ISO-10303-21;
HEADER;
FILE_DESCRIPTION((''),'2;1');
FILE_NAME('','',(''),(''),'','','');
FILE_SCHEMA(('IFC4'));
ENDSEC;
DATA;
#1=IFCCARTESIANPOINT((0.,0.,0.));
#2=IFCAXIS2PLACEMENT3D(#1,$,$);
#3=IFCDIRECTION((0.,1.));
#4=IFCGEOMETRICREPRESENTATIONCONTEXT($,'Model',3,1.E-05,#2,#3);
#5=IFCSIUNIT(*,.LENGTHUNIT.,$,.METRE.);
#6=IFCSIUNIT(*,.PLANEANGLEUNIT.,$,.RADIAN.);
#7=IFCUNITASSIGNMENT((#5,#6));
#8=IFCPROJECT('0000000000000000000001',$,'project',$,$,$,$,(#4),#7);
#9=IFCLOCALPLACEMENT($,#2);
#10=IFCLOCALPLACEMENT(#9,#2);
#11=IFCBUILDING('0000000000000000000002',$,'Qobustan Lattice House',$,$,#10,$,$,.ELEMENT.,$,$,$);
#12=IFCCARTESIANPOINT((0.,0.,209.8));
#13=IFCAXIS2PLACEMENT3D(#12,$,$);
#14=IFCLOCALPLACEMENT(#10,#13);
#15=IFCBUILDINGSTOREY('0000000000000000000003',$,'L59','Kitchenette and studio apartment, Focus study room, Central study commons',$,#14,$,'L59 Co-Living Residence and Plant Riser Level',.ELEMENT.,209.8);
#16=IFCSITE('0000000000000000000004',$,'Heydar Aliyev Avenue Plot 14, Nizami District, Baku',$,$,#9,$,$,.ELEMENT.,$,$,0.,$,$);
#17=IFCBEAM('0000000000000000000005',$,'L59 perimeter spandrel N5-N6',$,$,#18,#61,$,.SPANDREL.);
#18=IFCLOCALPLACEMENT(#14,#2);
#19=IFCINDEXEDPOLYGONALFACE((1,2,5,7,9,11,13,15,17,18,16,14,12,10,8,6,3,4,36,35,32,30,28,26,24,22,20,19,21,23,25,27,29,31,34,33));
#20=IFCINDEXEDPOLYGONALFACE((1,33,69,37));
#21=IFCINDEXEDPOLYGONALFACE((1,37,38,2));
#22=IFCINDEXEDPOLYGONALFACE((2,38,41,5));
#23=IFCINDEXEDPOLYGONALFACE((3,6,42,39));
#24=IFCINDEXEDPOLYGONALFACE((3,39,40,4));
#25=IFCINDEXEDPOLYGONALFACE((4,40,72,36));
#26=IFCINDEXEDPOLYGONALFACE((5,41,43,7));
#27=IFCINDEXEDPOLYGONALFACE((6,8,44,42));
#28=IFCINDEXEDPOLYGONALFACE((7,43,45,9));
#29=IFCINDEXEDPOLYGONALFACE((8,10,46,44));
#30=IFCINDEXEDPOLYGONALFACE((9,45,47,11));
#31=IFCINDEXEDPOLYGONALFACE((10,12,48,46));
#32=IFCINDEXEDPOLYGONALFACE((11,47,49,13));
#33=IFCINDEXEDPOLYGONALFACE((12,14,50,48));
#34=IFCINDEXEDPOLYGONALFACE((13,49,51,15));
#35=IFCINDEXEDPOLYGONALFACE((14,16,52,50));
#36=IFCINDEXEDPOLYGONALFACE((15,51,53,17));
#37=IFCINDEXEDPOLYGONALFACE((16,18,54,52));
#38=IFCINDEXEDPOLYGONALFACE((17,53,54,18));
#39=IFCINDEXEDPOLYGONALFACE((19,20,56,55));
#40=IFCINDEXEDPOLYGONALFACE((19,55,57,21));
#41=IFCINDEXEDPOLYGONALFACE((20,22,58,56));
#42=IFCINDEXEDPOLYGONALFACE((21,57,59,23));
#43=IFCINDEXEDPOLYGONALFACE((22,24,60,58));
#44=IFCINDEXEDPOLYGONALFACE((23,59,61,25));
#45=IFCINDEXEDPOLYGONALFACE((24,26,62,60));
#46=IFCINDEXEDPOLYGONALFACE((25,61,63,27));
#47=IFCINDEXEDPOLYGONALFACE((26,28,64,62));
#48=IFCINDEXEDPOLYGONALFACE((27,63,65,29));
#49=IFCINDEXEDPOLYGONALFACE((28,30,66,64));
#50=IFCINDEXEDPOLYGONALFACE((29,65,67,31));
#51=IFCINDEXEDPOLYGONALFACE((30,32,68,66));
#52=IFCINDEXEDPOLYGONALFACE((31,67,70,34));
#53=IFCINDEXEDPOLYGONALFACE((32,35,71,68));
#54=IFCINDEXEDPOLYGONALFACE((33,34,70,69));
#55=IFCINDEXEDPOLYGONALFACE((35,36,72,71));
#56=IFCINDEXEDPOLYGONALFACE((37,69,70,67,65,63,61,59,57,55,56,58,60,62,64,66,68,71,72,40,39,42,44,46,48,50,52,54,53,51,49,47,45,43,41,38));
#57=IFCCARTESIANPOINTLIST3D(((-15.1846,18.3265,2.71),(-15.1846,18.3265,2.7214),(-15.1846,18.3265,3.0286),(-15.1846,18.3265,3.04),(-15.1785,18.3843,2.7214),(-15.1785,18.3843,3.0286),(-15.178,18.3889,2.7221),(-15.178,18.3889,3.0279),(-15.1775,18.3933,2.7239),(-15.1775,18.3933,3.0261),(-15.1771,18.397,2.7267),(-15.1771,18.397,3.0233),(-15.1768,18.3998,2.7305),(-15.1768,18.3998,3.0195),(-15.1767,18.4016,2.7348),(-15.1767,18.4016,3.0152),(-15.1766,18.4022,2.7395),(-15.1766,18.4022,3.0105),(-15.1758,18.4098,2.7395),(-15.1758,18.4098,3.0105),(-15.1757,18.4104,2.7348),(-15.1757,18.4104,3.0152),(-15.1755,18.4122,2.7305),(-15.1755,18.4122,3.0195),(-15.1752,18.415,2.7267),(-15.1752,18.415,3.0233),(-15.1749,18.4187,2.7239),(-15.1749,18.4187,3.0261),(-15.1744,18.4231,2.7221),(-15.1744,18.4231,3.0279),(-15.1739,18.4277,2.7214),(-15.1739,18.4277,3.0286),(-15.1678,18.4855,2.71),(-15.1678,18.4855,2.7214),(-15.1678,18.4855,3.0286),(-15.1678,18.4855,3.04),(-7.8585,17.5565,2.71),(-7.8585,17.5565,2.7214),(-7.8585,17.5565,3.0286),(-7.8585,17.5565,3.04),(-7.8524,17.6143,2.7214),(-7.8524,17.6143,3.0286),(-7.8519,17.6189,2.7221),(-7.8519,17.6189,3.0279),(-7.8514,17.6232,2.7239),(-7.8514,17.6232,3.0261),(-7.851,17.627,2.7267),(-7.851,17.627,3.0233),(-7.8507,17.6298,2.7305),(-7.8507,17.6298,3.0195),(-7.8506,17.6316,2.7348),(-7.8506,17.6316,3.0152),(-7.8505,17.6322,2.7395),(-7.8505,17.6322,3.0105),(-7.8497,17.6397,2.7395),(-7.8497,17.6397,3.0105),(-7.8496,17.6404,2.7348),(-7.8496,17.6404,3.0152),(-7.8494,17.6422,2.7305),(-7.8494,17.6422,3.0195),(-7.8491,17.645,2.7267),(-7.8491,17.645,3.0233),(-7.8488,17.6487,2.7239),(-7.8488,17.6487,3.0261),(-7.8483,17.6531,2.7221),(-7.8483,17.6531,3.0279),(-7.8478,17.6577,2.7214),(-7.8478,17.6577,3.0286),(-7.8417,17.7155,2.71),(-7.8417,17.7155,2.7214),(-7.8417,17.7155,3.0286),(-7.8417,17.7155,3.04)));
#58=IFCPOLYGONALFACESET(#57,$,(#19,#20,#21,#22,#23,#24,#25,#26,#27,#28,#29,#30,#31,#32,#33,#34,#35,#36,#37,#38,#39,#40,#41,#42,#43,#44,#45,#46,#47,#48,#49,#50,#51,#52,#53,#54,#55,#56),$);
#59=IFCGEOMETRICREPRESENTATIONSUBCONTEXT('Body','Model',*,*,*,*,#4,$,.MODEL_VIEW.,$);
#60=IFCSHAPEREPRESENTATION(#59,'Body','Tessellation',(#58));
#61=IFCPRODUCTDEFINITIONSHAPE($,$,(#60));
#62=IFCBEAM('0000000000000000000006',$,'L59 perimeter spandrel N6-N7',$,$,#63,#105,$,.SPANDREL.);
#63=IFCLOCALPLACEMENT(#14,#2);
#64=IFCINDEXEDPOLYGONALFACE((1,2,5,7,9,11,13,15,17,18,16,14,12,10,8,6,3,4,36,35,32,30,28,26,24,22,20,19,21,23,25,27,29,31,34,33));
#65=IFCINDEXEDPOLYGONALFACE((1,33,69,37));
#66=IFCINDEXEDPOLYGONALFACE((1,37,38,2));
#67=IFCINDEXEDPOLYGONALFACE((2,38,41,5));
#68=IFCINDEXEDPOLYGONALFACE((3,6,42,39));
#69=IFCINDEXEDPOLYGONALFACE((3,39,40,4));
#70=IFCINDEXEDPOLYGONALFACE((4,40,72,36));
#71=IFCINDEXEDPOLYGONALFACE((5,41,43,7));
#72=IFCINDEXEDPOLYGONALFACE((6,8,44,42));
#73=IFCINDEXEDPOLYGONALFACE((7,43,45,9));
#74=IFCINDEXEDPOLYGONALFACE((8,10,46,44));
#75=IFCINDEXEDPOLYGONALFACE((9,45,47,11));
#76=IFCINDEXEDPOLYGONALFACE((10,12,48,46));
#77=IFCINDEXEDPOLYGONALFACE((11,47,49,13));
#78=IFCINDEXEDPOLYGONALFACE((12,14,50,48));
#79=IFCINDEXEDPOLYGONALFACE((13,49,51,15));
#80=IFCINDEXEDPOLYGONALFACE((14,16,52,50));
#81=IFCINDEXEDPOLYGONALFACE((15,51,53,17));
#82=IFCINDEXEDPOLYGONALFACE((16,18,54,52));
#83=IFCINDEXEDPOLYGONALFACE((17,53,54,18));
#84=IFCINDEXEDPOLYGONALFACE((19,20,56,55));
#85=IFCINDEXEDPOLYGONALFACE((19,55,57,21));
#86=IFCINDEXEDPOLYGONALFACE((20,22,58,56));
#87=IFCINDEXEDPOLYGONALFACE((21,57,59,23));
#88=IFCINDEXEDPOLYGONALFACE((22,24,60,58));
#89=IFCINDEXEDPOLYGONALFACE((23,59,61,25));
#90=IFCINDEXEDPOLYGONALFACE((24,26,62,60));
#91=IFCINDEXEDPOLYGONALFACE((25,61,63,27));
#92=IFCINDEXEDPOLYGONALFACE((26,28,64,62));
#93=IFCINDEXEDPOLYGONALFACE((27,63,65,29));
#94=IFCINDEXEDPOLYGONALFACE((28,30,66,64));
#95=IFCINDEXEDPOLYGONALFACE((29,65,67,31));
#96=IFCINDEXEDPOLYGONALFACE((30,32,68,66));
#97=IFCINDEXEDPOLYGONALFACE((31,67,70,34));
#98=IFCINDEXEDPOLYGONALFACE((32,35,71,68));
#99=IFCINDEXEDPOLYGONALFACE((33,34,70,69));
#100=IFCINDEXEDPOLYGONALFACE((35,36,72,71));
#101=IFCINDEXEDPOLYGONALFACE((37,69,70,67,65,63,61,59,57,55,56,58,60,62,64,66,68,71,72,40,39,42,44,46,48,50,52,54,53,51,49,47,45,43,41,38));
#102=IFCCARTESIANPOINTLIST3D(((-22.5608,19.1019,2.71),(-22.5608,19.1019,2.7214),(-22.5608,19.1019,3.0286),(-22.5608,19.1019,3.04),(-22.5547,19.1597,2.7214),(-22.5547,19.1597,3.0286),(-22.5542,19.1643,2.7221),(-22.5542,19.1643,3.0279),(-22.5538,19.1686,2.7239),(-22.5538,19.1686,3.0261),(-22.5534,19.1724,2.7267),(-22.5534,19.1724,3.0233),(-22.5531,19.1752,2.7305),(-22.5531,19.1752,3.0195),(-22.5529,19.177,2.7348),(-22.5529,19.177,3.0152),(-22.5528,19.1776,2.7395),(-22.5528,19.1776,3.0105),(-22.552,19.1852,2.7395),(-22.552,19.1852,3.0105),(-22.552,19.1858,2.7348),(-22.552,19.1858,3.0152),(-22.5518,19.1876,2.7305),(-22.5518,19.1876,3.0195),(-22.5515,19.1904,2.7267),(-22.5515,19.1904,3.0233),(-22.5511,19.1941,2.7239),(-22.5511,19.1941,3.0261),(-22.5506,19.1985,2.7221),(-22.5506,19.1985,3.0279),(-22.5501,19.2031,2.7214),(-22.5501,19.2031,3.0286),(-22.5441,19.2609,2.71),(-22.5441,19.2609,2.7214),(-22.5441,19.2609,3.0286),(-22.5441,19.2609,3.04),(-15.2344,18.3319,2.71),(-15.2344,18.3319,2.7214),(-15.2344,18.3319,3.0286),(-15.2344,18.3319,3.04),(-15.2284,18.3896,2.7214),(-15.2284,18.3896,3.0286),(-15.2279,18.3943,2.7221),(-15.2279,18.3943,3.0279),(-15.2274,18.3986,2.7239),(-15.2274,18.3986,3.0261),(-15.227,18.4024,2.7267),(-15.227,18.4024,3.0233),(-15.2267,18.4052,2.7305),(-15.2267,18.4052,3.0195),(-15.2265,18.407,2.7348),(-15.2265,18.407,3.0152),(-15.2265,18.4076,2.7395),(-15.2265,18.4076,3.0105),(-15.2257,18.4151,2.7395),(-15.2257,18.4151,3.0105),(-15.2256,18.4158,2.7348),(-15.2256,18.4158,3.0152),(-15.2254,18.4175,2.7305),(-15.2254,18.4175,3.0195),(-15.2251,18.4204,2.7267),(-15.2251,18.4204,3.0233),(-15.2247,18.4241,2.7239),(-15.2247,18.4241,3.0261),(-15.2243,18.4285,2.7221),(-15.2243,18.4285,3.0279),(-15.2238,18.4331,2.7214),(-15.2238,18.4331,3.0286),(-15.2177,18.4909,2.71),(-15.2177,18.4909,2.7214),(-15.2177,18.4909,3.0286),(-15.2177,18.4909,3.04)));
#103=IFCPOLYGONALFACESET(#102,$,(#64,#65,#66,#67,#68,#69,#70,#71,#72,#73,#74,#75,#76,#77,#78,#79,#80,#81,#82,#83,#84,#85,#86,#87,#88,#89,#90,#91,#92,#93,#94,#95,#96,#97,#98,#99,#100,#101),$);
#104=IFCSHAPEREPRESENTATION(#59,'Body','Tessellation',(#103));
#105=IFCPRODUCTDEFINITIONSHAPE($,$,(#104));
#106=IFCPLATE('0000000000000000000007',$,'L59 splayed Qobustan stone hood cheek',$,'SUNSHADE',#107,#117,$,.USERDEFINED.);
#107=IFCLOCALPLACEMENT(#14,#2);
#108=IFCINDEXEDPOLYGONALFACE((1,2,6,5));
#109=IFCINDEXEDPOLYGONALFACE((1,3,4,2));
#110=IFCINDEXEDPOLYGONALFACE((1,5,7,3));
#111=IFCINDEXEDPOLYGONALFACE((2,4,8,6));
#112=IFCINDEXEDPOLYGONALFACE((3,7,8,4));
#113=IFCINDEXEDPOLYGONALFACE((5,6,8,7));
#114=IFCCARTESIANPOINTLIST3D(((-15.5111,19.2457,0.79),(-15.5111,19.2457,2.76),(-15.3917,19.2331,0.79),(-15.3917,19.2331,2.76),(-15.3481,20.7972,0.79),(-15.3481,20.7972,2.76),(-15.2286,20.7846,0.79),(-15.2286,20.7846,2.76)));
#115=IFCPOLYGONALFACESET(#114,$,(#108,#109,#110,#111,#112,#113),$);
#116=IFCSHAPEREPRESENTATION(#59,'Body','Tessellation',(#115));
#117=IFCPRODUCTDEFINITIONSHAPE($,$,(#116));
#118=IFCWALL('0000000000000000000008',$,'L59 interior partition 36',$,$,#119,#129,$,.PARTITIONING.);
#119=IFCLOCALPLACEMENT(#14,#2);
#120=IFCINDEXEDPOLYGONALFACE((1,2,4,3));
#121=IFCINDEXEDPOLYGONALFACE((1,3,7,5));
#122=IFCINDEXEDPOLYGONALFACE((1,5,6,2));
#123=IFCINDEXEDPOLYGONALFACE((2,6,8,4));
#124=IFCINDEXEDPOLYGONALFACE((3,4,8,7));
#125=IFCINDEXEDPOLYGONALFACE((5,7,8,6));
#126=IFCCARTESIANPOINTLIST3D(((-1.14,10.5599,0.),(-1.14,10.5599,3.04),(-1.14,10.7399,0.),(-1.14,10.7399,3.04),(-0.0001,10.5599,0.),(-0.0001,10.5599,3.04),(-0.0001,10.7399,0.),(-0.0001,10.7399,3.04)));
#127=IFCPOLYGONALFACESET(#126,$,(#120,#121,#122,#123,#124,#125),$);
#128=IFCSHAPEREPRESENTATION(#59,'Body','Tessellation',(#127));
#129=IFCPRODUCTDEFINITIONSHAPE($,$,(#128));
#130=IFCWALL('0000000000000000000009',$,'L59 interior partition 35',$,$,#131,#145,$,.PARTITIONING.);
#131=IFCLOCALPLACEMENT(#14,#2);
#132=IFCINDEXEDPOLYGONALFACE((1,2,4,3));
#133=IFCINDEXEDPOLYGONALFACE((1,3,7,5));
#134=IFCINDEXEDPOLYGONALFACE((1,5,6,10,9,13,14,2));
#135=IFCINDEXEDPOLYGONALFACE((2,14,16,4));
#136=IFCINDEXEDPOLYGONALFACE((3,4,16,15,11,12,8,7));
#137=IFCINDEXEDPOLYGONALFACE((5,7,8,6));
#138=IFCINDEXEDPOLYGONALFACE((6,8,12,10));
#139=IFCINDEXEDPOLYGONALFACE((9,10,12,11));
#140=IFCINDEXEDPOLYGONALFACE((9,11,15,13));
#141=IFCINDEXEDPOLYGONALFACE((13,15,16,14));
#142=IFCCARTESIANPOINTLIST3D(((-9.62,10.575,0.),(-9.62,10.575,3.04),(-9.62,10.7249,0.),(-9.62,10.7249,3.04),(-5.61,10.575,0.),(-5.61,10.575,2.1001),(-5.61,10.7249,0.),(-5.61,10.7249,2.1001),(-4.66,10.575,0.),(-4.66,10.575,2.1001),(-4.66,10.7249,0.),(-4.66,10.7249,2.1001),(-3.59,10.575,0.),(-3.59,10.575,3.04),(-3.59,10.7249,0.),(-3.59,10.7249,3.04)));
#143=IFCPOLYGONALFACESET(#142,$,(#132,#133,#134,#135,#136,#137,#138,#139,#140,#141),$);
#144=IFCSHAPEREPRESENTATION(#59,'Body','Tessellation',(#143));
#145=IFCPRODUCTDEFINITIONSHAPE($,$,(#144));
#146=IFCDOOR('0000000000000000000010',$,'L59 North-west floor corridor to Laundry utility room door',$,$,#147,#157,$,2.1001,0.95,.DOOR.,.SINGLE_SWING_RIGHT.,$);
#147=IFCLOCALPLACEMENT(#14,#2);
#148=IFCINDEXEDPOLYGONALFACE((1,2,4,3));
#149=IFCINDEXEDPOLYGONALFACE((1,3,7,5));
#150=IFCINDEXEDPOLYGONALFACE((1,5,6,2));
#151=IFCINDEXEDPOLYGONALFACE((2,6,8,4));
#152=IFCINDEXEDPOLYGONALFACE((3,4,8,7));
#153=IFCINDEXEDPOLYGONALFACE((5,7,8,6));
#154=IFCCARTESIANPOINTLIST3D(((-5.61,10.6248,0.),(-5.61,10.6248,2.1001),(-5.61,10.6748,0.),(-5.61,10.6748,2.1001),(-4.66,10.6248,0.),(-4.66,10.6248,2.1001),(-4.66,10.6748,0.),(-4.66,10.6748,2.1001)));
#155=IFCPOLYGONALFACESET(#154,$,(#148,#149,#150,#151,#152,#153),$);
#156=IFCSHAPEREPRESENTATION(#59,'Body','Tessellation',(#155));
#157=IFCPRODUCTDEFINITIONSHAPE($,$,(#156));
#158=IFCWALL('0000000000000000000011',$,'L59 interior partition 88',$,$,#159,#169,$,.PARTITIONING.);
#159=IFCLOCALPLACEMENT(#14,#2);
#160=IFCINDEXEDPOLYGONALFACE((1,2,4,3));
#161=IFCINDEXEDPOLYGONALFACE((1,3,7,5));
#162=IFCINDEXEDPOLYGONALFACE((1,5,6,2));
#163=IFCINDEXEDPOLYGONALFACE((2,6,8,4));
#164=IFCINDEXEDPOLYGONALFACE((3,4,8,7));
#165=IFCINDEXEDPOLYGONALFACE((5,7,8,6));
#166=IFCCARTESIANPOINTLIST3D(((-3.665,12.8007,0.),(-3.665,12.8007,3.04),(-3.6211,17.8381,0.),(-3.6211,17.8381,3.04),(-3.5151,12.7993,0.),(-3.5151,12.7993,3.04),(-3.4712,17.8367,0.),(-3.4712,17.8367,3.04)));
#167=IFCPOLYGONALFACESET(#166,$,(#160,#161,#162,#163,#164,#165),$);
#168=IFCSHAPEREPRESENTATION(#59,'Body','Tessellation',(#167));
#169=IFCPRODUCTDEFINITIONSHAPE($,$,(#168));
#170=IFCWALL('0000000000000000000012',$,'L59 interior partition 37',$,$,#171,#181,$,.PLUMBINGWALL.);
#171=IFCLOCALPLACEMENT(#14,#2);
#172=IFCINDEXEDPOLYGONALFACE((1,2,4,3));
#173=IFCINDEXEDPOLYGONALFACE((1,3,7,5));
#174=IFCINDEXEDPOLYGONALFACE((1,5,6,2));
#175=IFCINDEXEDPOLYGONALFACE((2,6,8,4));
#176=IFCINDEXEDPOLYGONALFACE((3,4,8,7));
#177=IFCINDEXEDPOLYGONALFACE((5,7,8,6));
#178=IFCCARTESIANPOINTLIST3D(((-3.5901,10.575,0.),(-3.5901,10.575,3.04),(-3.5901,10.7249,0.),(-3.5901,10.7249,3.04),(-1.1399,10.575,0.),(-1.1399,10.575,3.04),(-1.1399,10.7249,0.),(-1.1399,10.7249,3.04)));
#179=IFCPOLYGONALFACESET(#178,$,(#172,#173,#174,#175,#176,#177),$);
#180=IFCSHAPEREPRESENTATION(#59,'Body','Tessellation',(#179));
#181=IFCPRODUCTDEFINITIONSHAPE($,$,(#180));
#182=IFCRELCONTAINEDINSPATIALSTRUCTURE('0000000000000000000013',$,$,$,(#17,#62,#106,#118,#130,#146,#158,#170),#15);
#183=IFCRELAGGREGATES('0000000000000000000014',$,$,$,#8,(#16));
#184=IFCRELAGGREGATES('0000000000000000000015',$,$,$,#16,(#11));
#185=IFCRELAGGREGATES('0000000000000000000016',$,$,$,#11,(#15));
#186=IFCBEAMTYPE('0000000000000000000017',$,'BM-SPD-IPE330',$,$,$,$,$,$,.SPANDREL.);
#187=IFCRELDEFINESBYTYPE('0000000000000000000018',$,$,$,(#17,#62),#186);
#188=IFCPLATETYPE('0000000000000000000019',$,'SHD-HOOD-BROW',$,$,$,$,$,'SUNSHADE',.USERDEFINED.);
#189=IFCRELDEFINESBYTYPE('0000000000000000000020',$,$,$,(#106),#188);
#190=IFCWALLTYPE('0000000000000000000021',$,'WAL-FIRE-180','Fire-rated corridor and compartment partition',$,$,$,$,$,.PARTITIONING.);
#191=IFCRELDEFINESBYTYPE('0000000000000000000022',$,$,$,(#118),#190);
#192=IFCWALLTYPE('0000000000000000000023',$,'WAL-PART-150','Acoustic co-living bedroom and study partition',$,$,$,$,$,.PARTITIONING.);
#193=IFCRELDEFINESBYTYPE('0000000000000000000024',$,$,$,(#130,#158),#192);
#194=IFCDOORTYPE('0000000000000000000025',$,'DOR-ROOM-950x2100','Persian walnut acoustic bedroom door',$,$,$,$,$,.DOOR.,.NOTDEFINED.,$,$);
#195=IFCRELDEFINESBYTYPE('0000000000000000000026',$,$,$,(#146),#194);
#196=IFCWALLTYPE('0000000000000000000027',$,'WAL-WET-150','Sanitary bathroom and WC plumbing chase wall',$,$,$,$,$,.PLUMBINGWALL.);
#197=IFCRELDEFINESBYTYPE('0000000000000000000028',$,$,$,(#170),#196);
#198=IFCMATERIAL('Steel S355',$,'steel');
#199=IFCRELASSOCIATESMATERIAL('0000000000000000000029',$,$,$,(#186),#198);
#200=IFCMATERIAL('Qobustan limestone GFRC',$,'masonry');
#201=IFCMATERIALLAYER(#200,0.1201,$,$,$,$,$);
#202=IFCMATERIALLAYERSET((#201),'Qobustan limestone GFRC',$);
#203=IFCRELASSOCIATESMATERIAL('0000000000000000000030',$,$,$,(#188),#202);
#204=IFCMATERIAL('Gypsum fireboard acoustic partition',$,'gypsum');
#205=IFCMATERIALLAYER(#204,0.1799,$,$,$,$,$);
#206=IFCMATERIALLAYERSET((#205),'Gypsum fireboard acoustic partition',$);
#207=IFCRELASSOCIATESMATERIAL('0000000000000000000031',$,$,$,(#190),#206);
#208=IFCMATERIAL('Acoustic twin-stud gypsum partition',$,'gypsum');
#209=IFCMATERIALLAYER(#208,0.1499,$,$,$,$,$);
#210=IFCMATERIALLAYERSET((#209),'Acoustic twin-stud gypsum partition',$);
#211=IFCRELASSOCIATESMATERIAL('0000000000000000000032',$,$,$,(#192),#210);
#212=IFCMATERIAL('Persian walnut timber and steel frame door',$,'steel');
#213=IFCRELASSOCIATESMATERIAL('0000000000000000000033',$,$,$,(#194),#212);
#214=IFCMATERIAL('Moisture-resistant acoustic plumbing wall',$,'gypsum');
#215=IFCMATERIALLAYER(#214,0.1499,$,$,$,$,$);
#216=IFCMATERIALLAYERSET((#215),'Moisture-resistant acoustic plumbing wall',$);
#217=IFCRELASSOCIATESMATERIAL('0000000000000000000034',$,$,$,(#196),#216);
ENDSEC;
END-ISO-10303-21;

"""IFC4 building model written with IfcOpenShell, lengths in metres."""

from ifc_helpers import new_model, si_unit, direction, frame, frame_2d, origin, origin_2d, place, context, subcontext, project, spatial, rectangle, i_section, extrude, material, layer, layer_set, material_profile, profile_set, type_object, element, fill, save


model = new_model("IFC4")

# Units and contexts
model_context = context("Model", 3, precision=1e-05, world=origin(), true_north=direction((0.0, 1.0)))
body_context = subcontext(model_context, "Body", "Model", "MODEL_VIEW")
ifc_project = project(units=[si_unit("LENGTHUNIT", "METRE"), si_unit("PLANEANGLEUNIT", "RADIAN")], contexts=[model_context])

# Site, building, storey
site_placement = place(None, origin())
site = spatial("IfcSite", under=ifc_project, at=site_placement, Name="Heydar Aliyev Avenue Plot 14, Nizami District, Baku", CompositionType="ELEMENT", RefElevation=0.0)
building_placement = place(site_placement, origin())
building = spatial("IfcBuilding", under=site, at=building_placement, Name="Qobustan Lattice House", CompositionType="ELEMENT")
storey_placement = place(building_placement, frame((0.0, 0.0, 209.8)))
storey = spatial("IfcBuildingStorey", under=building, at=storey_placement, Name="L59", Description="Kitchenette and studio apartment, Focus study room, Central study commons", LongName="L59 Co-Living Residence and Plant Riser Level", CompositionType="ELEMENT", Elevation=209.8)

# Beams
ifc_material_1 = material(Name="Steel S355", Category="steel")
ifc_material_profile_1 = material_profile(ifc_material_1, i_section(OverallWidth=0.1599, OverallDepth=0.3301, WebThickness=0.0076, FlangeThickness=0.0115, FilletRadius=0.0181, at=origin_2d()), Name="IPE330")
ifc_profile_set_1 = profile_set([ifc_material_profile_1], Name="Steel S355")
beam_type_1 = type_object("IfcBeamType", Name="BM-SPD-IPE330", PredefinedType="SPANDREL", material=ifc_profile_set_1)
beam_1_placement = place(storey_placement, frame((-7.8501, 17.636, 2.875), z_axis=(-0.994522, 0.10453, 0.0), x_axis=(-0.10453, -0.994522, 0.0)))
element("IfcBeam", 1, at=beam_1_placement, inside=storey, type_object=beam_type_1, Name="L59 perimeter spandrel N5-N6", PredefinedType="SPANDREL", context=body_context, shape_type="SweptSolid", body=[
    extrude(i_section(OverallWidth=0.1599, OverallDepth=0.3301, WebThickness=0.0076, FlangeThickness=0.0115, FilletRadius=0.0181, at=origin_2d()), origin(), (0.0, 0.0, 1.0), 7.3665),
])
beam_2_placement = place(storey_placement, frame((-15.2261, 18.4114, 2.875), z_axis=(-0.994522, 0.104526, 0.0), x_axis=(-0.104526, -0.994522, 0.0)))
element("IfcBeam", 2, at=beam_2_placement, inside=storey, type_object=beam_type_1, Name="L59 perimeter spandrel N6-N7", PredefinedType="SPANDREL", context=body_context, shape_type="SweptSolid", body=[
    extrude(i_section(OverallWidth=0.1599, OverallDepth=0.3301, WebThickness=0.0076, FlangeThickness=0.0115, FilletRadius=0.0181, at=origin_2d()), origin(), (0.0, 0.0, 1.0), 7.3667),
])

# Plate
ifc_material_2 = material(Name="Qobustan limestone GFRC", Category="masonry")
ifc_layer_1 = layer(ifc_material_2, 0.1201)
ifc_layer_set_1 = layer_set([ifc_layer_1], Name="Qobustan limestone GFRC")
plate_type = type_object("IfcPlateType", Name="SHD-HOOD-BROW", ElementType="SUNSHADE", PredefinedType="USERDEFINED", material=ifc_layer_set_1)
plate_placement = place(storey_placement, frame((-15.3699, 20.0151, 0.79), z_axis=(0.0, 0.0, 1.0), x_axis=(0.994522, -0.104528, 0.0)))
element("IfcPlate", 3, at=plate_placement, inside=storey, type_object=plate_type, Name="L59 splayed Qobustan stone hood cheek", ObjectType="SUNSHADE", PredefinedType="USERDEFINED", context=body_context, shape_type="SweptSolid", body=[
    extrude(rectangle(XDim=0.1201, YDim=1.5601, at=origin_2d()), origin(), (0.0, 0.0, 1.0), 1.97),
])

# Wall
ifc_material_3 = material(Name="Gypsum fireboard acoustic partition", Category="gypsum")
ifc_layer_2 = layer(ifc_material_3, 0.1799)
ifc_layer_set_2 = layer_set([ifc_layer_2], Name="Gypsum fireboard acoustic partition")
wall_type_1 = type_object("IfcWallType", Name="WAL-FIRE-180", Description="Fire-rated corridor and compartment partition", PredefinedType="PARTITIONING", material=ifc_layer_set_2)
wall_1_placement = place(storey_placement, frame((-1.1399, 10.6499, 0.0), z_axis=(0.0, 0.0, 1.0), x_axis=(1.0, 0.0, 0.0)))
element("IfcWall", 4, at=wall_1_placement, inside=storey, type_object=wall_type_1, Name="L59 interior partition 36", PredefinedType="PARTITIONING", context=body_context, shape_type="SweptSolid", body=[
    extrude(rectangle(XDim=1.1399, YDim=0.1799, at=frame_2d((0.5698, 0.0))), origin(), (0.0, 0.0, 1.0), 3.04),
])

# Wall, opening, door
ifc_material_4 = material(Name="Acoustic twin-stud gypsum partition", Category="gypsum")
ifc_layer_3 = layer(ifc_material_4, 0.1499)
ifc_layer_set_3 = layer_set([ifc_layer_3], Name="Acoustic twin-stud gypsum partition")
wall_type_2 = type_object("IfcWallType", Name="WAL-PART-150", Description="Acoustic co-living bedroom and study partition", PredefinedType="PARTITIONING", material=ifc_layer_set_3)
wall_2_placement = place(storey_placement, frame((-9.6201, 10.6499, 0.0), z_axis=(0.0, 0.0, 1.0), x_axis=(1.0, 0.0, 0.0)))
wall_2 = element("IfcWall", 5, at=wall_2_placement, inside=storey, type_object=wall_type_2, Name="L59 interior partition 35", PredefinedType="PARTITIONING", context=body_context, shape_type="SweptSolid", body=[
    extrude(rectangle(XDim=6.03, YDim=0.1499, at=frame_2d((3.0151, 0.0))), origin(), (0.0, 0.0, 1.0), 3.04),
])
opening_1_placement = place(wall_2_placement, frame((4.01, 0.0, 0.0)))
opening_1 = element("IfcOpeningElement", 6, at=opening_1_placement, cuts=wall_2, PredefinedType="OPENING", context=body_context, shape_type="SweptSolid", body=[
    extrude(rectangle(XDim=0.95, YDim=2.1001, at=frame_2d((0.4751, 1.05))), frame((0.0, 0.085, 0.0), z_axis=(0.0, -1.0, 0.0), x_axis=(1.0, 0.0, 0.0)), (0.0, 0.0, 1.0), 0.1699),
])
ifc_material_5 = material(Name="Persian walnut timber and steel frame door", Category="steel")
door_type_1 = type_object("IfcDoorType", Name="DOR-ROOM-950x2100", Description="Persian walnut acoustic bedroom door", OperationType="NOTDEFINED", PredefinedType="DOOR", material=ifc_material_5)
door_1_placement = place(opening_1_placement, origin())
door_1 = element("IfcDoor", 7, at=door_1_placement, inside=storey, type_object=door_type_1, Name="L59 North-west floor corridor to Laundry utility room door", OperationType="SINGLE_SWING_RIGHT", OverallHeight=2.1001, OverallWidth=0.95, PredefinedType="DOOR", context=body_context, shape_type="SweptSolid", body=[
    extrude(rectangle(XDim=0.95, YDim=2.1001, at=frame_2d((0.4751, 1.05))), frame((0.0, 0.0249, 0.0), z_axis=(0.0, -1.0, 0.0), x_axis=(1.0, 0.0, 0.0)), (0.0, 0.0, 1.0), 0.05),
])
fill(opening_1, door_1)

# Walls
wall_3_placement = place(storey_placement, frame((-3.5461, 17.8374, 0.0), z_axis=(0.0, 0.0, 1.0), x_axis=(-0.008724, -0.999962, 0.0)))
element("IfcWall", 8, at=wall_3_placement, inside=storey, type_object=wall_type_2, Name="L59 interior partition 88", PredefinedType="PARTITIONING", context=body_context, shape_type="SweptSolid", body=[
    extrude(rectangle(XDim=5.0376, YDim=0.1499, at=frame_2d((2.5188, 0.0))), origin(), (0.0, 0.0, 1.0), 3.04),
])
ifc_material_6 = material(Name="Moisture-resistant acoustic plumbing wall", Category="gypsum")
ifc_layer_4 = layer(ifc_material_6, 0.1499)
ifc_layer_set_4 = layer_set([ifc_layer_4], Name="Moisture-resistant acoustic plumbing wall")
wall_type_3 = type_object("IfcWallType", Name="WAL-WET-150", Description="Sanitary bathroom and WC plumbing chase wall", PredefinedType="PLUMBINGWALL", material=ifc_layer_set_4)
wall_4_placement = place(storey_placement, frame((-3.5901, 10.6499, 0.0), z_axis=(0.0, 0.0, 1.0), x_axis=(1.0, 0.0, 0.0)))
element("IfcWall", 9, at=wall_4_placement, inside=storey, type_object=wall_type_3, Name="L59 interior partition 37", PredefinedType="PLUMBINGWALL", context=body_context, shape_type="SweptSolid", body=[
    extrude(rectangle(XDim=2.4502, YDim=0.1499, at=frame_2d((1.2251, 0.0))), origin(), (0.0, 0.0, 1.0), 3.04),
])

save(model, "model.ifc")
